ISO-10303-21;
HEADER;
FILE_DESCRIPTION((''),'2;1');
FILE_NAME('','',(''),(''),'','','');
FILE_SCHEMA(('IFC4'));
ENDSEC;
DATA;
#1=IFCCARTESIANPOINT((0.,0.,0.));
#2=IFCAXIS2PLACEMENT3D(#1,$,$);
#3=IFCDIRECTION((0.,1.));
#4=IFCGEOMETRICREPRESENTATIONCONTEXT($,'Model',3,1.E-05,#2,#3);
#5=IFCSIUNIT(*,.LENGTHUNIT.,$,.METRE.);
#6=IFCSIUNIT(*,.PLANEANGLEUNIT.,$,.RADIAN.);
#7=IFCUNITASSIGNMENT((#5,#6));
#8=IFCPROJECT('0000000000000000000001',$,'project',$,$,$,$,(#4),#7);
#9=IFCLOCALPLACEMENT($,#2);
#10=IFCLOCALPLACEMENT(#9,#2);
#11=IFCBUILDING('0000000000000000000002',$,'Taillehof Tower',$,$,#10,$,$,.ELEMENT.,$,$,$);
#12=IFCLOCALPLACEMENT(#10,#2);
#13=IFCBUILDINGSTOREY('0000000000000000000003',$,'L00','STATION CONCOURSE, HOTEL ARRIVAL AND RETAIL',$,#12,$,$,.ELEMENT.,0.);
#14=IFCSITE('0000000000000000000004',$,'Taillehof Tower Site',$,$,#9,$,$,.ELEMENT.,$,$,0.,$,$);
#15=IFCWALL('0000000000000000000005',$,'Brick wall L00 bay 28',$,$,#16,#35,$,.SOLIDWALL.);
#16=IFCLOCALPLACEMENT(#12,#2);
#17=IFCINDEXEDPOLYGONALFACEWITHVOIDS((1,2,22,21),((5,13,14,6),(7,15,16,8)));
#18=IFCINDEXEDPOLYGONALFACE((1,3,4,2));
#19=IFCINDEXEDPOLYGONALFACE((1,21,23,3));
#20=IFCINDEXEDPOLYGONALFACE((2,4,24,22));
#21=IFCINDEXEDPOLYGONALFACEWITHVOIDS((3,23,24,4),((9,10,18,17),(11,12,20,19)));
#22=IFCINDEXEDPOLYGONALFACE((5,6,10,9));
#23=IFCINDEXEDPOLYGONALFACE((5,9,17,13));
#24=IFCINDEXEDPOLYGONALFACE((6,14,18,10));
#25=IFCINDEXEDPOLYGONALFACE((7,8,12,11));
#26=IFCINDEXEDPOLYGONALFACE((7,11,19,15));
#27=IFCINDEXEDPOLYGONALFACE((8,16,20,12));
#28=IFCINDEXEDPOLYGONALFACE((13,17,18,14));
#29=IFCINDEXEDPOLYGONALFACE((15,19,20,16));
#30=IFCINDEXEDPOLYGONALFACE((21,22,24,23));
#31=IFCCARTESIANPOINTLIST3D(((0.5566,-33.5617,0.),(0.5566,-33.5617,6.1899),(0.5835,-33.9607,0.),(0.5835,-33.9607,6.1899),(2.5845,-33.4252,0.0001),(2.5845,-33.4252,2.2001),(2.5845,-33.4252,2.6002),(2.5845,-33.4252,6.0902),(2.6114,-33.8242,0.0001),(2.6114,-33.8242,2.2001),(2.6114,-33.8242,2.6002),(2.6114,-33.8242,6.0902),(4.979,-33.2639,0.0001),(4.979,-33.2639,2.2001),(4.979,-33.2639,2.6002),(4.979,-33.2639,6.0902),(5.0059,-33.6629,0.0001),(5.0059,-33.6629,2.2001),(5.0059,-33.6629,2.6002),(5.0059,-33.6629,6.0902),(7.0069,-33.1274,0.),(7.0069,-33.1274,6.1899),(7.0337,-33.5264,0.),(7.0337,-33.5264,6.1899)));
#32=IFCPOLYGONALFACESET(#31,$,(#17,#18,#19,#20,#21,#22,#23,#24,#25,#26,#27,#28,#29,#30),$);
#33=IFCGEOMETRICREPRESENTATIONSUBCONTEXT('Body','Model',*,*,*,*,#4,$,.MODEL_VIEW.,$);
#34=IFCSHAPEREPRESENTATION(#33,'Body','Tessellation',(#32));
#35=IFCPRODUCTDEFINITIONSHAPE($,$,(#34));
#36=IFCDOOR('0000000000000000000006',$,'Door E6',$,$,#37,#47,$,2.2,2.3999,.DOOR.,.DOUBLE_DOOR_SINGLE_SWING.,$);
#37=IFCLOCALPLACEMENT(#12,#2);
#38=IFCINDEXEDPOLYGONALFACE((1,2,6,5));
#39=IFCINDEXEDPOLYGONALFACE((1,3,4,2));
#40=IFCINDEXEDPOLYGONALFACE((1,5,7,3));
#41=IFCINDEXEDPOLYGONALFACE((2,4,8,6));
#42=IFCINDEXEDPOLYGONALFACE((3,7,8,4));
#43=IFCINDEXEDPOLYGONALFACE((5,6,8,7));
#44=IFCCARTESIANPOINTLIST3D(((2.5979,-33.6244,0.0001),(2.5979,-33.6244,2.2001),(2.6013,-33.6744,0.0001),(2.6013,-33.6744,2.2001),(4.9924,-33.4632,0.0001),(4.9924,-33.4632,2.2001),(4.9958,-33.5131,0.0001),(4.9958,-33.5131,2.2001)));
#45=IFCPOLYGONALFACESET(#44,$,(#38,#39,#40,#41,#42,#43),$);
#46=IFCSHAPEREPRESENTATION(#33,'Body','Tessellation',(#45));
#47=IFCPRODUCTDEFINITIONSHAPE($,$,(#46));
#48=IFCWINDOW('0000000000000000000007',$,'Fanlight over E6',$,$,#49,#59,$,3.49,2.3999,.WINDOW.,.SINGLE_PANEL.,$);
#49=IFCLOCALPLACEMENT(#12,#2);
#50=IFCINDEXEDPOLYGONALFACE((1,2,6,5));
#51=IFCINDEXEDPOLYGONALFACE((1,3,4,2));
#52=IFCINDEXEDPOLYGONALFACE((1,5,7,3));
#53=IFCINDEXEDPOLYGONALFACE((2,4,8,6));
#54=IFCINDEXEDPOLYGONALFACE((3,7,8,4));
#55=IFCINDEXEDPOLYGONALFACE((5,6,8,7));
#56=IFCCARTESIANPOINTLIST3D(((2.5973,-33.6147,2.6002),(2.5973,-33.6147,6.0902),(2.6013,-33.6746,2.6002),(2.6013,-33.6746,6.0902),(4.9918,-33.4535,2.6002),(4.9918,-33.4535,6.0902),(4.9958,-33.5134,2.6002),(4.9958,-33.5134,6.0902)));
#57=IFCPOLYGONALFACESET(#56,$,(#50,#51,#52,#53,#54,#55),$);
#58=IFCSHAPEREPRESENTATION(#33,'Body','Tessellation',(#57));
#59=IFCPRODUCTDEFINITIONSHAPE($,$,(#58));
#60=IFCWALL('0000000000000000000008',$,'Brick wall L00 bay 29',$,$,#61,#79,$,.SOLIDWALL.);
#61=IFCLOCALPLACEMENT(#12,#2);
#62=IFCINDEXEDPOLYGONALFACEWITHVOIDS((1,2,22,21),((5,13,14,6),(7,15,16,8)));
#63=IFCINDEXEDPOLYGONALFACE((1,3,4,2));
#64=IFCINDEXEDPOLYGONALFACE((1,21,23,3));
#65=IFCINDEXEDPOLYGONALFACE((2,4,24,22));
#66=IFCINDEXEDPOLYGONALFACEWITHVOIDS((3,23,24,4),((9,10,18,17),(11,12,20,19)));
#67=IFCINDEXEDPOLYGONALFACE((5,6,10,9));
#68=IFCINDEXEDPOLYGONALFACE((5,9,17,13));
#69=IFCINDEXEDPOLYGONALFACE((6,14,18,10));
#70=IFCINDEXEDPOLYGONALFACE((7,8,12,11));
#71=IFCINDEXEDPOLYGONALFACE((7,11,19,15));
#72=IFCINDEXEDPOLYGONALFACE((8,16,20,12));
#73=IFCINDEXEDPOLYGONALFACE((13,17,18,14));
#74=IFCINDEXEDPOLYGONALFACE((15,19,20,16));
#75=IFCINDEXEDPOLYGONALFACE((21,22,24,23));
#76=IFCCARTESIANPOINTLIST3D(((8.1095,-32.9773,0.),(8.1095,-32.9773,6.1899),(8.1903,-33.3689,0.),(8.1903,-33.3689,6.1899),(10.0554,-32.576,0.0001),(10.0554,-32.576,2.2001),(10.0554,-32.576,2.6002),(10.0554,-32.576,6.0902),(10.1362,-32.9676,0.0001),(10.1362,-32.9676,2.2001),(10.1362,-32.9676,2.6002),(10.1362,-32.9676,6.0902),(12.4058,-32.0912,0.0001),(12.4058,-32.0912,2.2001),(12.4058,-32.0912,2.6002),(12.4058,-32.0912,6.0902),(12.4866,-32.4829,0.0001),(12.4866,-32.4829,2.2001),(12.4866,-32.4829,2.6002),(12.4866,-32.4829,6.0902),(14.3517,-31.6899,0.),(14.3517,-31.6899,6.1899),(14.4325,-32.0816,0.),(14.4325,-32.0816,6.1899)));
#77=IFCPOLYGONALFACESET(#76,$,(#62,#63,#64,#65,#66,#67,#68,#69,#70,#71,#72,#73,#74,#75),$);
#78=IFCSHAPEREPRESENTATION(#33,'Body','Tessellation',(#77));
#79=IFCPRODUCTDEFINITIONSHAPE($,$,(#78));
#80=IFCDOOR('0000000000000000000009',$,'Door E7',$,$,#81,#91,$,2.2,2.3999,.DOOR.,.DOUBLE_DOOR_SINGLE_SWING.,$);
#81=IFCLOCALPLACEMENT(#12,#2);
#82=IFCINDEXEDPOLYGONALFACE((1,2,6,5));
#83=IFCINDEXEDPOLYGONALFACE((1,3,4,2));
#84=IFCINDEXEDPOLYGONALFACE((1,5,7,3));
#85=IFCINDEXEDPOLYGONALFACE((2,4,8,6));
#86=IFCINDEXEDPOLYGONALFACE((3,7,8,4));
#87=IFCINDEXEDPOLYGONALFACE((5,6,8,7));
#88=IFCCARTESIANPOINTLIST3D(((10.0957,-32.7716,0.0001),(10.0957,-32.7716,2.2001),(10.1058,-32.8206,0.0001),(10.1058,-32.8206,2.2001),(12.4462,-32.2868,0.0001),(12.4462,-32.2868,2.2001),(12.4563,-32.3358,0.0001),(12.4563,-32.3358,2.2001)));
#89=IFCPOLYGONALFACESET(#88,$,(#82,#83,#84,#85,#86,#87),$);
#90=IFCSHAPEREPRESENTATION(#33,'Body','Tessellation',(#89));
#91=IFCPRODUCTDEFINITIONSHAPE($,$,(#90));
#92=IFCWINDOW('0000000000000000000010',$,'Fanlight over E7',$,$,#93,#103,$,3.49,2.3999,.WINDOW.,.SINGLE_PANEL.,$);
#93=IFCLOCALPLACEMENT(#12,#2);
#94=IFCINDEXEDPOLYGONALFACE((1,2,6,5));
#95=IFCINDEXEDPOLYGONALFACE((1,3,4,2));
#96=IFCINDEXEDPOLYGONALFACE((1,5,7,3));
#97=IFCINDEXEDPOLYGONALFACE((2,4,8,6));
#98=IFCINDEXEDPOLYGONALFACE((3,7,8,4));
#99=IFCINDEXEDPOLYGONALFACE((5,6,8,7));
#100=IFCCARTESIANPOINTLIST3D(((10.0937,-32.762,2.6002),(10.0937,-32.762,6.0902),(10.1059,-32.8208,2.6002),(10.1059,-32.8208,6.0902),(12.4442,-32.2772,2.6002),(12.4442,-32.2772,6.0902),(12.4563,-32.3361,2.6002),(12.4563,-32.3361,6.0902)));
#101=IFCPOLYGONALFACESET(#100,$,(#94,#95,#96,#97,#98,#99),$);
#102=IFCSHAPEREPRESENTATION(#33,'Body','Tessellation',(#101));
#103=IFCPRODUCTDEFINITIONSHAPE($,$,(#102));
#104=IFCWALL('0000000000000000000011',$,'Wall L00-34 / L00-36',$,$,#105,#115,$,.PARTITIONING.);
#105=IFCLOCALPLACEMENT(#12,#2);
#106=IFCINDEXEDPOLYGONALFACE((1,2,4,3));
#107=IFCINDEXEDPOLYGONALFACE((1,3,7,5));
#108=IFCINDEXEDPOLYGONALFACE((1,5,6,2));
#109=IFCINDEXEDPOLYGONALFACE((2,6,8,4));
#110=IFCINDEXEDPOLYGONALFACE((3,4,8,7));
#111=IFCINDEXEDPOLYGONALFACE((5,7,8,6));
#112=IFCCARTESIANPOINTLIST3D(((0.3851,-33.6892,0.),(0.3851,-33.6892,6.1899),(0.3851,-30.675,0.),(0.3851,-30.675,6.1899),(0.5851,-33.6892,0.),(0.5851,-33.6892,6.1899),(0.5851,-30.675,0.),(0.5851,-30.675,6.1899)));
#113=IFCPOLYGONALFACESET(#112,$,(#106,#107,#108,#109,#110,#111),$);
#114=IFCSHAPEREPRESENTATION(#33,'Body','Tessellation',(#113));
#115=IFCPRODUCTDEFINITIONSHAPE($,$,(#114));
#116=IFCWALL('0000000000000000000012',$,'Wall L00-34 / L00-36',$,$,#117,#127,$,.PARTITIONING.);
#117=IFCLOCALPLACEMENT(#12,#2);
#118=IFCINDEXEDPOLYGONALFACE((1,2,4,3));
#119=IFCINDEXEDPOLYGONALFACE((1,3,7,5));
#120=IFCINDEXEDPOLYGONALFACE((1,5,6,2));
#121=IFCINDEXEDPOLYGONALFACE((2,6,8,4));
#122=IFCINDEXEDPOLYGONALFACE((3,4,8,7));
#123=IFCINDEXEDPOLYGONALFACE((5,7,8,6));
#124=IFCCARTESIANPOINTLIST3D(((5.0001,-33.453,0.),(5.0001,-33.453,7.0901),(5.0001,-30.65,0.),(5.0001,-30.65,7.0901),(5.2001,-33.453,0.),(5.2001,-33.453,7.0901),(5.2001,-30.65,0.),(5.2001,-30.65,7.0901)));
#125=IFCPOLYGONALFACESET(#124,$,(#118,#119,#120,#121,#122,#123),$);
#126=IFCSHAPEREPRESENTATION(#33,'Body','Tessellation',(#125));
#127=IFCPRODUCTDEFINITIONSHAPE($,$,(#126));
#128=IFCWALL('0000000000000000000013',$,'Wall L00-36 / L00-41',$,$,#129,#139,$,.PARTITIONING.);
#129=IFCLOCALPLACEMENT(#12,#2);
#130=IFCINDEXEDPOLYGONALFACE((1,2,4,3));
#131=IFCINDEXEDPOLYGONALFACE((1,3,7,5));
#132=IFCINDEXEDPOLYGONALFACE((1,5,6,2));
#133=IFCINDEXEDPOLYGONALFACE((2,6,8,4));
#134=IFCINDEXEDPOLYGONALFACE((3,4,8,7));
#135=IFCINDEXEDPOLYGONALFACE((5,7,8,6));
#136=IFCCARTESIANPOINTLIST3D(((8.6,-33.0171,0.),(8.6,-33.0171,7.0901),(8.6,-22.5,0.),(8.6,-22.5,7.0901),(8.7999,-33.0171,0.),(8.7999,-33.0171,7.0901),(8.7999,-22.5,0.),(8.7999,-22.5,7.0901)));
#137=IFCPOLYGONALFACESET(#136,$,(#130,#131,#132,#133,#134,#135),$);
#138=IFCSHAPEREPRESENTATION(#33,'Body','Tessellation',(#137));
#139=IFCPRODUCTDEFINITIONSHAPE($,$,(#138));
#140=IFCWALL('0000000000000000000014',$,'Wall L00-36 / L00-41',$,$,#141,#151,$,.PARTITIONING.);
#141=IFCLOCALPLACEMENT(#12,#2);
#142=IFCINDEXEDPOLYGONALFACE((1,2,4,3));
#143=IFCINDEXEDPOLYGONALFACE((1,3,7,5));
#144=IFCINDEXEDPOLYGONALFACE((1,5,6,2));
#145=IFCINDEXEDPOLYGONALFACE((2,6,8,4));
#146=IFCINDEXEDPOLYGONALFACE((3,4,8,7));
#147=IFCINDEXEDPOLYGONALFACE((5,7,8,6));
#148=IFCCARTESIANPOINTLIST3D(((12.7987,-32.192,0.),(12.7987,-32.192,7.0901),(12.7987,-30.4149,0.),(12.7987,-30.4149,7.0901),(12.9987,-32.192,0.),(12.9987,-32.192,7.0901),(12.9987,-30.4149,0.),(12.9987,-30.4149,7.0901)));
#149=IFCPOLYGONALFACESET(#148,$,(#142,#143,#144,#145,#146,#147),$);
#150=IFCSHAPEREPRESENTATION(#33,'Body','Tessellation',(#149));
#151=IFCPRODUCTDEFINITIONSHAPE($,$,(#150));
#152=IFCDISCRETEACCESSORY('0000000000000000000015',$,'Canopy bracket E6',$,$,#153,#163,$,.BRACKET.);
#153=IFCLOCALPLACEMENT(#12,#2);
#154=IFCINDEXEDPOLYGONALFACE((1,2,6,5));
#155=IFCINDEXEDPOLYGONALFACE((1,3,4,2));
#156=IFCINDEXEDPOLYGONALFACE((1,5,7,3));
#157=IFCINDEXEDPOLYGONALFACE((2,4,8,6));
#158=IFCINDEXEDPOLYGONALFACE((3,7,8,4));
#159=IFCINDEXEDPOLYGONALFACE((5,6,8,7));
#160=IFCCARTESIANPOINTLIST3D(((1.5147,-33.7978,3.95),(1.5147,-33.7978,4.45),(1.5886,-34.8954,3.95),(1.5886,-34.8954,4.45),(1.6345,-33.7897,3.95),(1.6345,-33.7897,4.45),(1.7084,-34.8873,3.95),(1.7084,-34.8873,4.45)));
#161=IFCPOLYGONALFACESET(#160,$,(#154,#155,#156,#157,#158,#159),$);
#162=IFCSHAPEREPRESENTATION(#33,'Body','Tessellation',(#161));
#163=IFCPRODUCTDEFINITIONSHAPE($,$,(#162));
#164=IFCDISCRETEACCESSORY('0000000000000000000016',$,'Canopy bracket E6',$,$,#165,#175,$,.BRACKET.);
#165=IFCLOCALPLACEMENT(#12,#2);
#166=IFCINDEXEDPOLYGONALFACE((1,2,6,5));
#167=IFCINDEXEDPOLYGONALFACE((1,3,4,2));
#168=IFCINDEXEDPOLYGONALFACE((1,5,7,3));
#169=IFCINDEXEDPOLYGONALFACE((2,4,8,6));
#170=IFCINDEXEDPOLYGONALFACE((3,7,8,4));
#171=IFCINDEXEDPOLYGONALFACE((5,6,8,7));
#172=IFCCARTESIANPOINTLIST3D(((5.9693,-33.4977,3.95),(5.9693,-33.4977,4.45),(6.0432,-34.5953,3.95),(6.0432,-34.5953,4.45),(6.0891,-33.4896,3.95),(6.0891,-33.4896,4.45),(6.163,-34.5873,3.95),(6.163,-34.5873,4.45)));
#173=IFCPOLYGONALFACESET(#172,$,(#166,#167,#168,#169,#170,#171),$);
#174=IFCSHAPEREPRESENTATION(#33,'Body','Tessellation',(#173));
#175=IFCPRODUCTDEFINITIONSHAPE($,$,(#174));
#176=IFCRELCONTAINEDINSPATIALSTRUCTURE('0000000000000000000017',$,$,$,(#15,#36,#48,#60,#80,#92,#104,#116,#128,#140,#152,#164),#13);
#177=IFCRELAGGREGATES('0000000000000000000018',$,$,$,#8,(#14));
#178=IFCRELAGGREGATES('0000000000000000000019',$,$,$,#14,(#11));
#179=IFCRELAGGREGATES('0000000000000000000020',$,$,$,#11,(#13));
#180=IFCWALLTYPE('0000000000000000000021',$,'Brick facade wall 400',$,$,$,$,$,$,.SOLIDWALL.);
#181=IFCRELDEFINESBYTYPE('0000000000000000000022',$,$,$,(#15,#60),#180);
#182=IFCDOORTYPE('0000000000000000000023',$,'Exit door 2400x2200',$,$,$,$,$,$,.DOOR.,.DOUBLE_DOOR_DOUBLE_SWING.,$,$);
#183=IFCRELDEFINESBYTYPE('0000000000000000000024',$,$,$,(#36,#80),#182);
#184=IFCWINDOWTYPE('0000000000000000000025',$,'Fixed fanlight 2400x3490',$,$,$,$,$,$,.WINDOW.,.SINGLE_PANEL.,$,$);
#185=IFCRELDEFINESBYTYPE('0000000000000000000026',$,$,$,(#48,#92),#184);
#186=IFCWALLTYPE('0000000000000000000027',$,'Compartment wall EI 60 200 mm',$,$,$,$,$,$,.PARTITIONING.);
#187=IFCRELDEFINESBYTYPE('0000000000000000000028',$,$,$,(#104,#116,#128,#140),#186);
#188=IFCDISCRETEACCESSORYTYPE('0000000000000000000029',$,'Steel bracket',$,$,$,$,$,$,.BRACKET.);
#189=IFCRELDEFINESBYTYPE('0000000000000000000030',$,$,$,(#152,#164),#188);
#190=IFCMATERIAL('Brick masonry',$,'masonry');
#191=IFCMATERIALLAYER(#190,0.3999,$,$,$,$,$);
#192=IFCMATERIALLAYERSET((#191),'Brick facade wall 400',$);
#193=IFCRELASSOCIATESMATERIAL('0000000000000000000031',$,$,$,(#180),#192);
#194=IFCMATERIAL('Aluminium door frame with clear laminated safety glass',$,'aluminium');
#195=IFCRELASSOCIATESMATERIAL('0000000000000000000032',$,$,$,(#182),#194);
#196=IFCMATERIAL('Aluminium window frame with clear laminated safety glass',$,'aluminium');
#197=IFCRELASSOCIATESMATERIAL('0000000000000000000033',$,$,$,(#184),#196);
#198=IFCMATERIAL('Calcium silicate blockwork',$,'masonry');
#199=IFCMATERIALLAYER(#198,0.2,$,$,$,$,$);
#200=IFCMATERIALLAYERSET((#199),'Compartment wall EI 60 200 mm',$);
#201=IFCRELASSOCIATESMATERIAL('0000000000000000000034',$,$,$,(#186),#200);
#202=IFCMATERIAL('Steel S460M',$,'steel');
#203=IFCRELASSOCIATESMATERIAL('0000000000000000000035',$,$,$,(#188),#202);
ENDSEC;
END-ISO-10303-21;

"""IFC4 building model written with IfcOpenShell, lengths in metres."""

from ifc_helpers import new_model, si_unit, direction, frame, frame_2d, origin, origin_2d, place, context, subcontext, project, spatial, rectangle, extrude, material, layer, layer_set, type_object, element, fill, save


model = new_model("IFC4")

# Units and contexts
model_context = context("Model", 3, precision=1e-05, world=origin(), true_north=direction((0.0, 1.0)))
body_context = subcontext(model_context, "Body", "Model", "MODEL_VIEW")
ifc_project = project(units=[si_unit("LENGTHUNIT", "METRE"), si_unit("PLANEANGLEUNIT", "RADIAN")], contexts=[model_context])

# Site, building, storey
site_placement = place(None, origin())
site = spatial("IfcSite", under=ifc_project, at=site_placement, Name="Taillehof Tower Site", CompositionType="ELEMENT", RefElevation=0.0)
building_placement = place(site_placement, origin())
building = spatial("IfcBuilding", under=site, at=building_placement, Name="Taillehof Tower", CompositionType="ELEMENT")
storey_placement = place(building_placement, origin())
storey = spatial("IfcBuildingStorey", under=building, at=storey_placement, Name="L00", Description="STATION CONCOURSE, HOTEL ARRIVAL AND RETAIL", CompositionType="ELEMENT", Elevation=0.0)

# Walls, openings, doors, windows
ifc_material_1 = material(Name="Brick masonry", Category="masonry")
ifc_layer_1 = layer(ifc_material_1, 0.3999)
ifc_layer_set_1 = layer_set([ifc_layer_1], Name="Brick facade wall 400")
wall_type_1 = type_object("IfcWallType", Name="Brick facade wall 400", PredefinedType="SOLIDWALL", material=ifc_layer_set_1)
wall_1_placement = place(storey_placement, frame((0.5701, -33.7612, 0.0), z_axis=(0.0, 0.0, 1.0), x_axis=(0.997741, 0.067183, 0.0)))
wall_1 = element("IfcWall", 1, at=wall_1_placement, inside=storey, type_object=wall_type_1, Name="Brick wall L00 bay 28", PredefinedType="SOLIDWALL", context=body_context, shape_type="SweptSolid", body=[
    extrude(rectangle(XDim=6.4648, YDim=0.3999, at=frame_2d((3.2324, 0.0))), origin(), (0.0, 0.0, 1.0), 6.1899),
])
opening_1_placement = place(wall_1_placement, frame((2.0325, 0.0, 0.0)))
opening_1 = element("IfcOpeningElement", 2, at=opening_1_placement, cuts=wall_1, PredefinedType="OPENING", context=body_context, shape_type="SweptSolid", body=[
    extrude(rectangle(XDim=2.3999, YDim=2.2, at=frame_2d((1.2, 1.1001))), frame((0.0, 0.21, 0.0), z_axis=(0.0, -1.0, 0.0), x_axis=(1.0, 0.0, 0.0)), (0.0, 0.0, 1.0), 0.4199),
])
opening_2_placement = place(wall_1_placement, frame((2.0325, 0.0, 2.6001)))
opening_2 = element("IfcOpeningElement", 3, at=opening_2_placement, cuts=wall_1, PredefinedType="OPENING", context=body_context, shape_type="SweptSolid", body=[
    extrude(rectangle(XDim=2.3999, YDim=3.49, at=frame_2d((1.2, 1.7451))), frame((0.0, 0.21, 0.0), z_axis=(0.0, -1.0, 0.0), x_axis=(1.0, 0.0, 0.0)), (0.0, 0.0, 1.0), 0.4199),
])
ifc_material_2 = material(Name="Aluminium door frame with clear laminated safety glass", Category="aluminium")
door_type = type_object("IfcDoorType", Name="Exit door 2400x2200", OperationType="DOUBLE_DOOR_DOUBLE_SWING", PredefinedType="DOOR", material=ifc_material_2)
door_1_placement = place(opening_1_placement, frame((2.3999, 0.0, 0.0), z_axis=(0.0, 0.0, 1.0), x_axis=(-1.0, 0.0, 0.0)))
door_1 = element("IfcDoor", 4, at=door_1_placement, inside=storey, type_object=door_type, Name="Door E6", OperationType="DOUBLE_DOOR_SINGLE_SWING", OverallHeight=2.2, OverallWidth=2.3999, PredefinedType="DOOR", context=body_context, shape_type="SweptSolid", body=[
    extrude(rectangle(XDim=2.3999, YDim=2.2, at=frame_2d((1.2, 1.1001))), frame((0.0, 0.0498, 0.0), z_axis=(0.0, -1.0, 0.0), x_axis=(1.0, 0.0, 0.0)), (0.0, 0.0, 1.0), 0.05),
])
fill(opening_1, door_1)
ifc_material_3 = material(Name="Aluminium window frame with clear laminated safety glass", Category="aluminium")
window_type = type_object("IfcWindowType", Name="Fixed fanlight 2400x3490", PartitioningType="SINGLE_PANEL", PredefinedType="WINDOW", material=ifc_material_3)
window_1_placement = place(opening_2_placement, origin())
window_1 = element("IfcWindow", 5, at=window_1_placement, inside=storey, type_object=window_type, Name="Fanlight over E6", OverallHeight=3.49, OverallWidth=2.3999, PartitioningType="SINGLE_PANEL", PredefinedType="WINDOW", context=body_context, shape_type="SweptSolid", body=[
    extrude(rectangle(XDim=2.3999, YDim=3.49, at=frame_2d((1.2, 1.7451))), frame((0.0, 0.01, 0.0), z_axis=(0.0, -1.0, 0.0), x_axis=(1.0, 0.0, 0.0)), (0.0, 0.0, 1.0), 0.0601),
])
fill(opening_2, window_1)
wall_2_placement = place(storey_placement, frame((8.1499, -33.1731, 0.0), z_axis=(0.0, 0.0, 1.0), x_axis=(0.979389, 0.201984, 0.0)))
wall_2 = element("IfcWall", 6, at=wall_2_placement, inside=storey, type_object=wall_type_1, Name="Brick wall L00 bay 29", PredefinedType="SOLIDWALL", context=body_context, shape_type="SweptSolid", body=[
    extrude(rectangle(XDim=6.3735, YDim=0.3999, at=frame_2d((3.1868, 0.0))), origin(), (0.0, 0.0, 1.0), 6.1899),
])
opening_3_placement = place(wall_2_placement, frame((1.9868, 0.0, 0.0)))
opening_3 = element("IfcOpeningElement", 7, at=opening_3_placement, cuts=wall_2, PredefinedType="OPENING", context=body_context, shape_type="SweptSolid", body=[
    extrude(rectangle(XDim=2.3999, YDim=2.2, at=frame_2d((1.2, 1.1001))), frame((0.0, 0.21, 0.0), z_axis=(0.0, -1.0, 0.0), x_axis=(1.0, 0.0, 0.0)), (0.0, 0.0, 1.0), 0.4199),
])
opening_4_placement = place(wall_2_placement, frame((1.9868, 0.0, 2.6001)))
opening_4 = element("IfcOpeningElement", 8, at=opening_4_placement, cuts=wall_2, PredefinedType="OPENING", context=body_context, shape_type="SweptSolid", body=[
    extrude(rectangle(XDim=2.3999, YDim=3.49, at=frame_2d((1.2, 1.7451))), frame((0.0, 0.21, 0.0), z_axis=(0.0, -1.0, 0.0), x_axis=(1.0, 0.0, 0.0)), (0.0, 0.0, 1.0), 0.4199),
])
door_2_placement = place(opening_3_placement, frame((2.3999, 0.0, 0.0), z_axis=(0.0, 0.0, 1.0), x_axis=(-1.0, 0.0, 0.0)))
door_2 = element("IfcDoor", 9, at=door_2_placement, inside=storey, type_object=door_type, Name="Door E7", OperationType="DOUBLE_DOOR_SINGLE_SWING", OverallHeight=2.2, OverallWidth=2.3999, PredefinedType="DOOR", context=body_context, shape_type="SweptSolid", body=[
    extrude(rectangle(XDim=2.3999, YDim=2.2, at=frame_2d((1.2, 1.1001))), frame((0.0, 0.0498, 0.0), z_axis=(0.0, -1.0, 0.0), x_axis=(1.0, 0.0, 0.0)), (0.0, 0.0, 1.0), 0.05),
])
fill(opening_3, door_2)
window_2_placement = place(opening_4_placement, origin())
window_2 = element("IfcWindow", 10, at=window_2_placement, inside=storey, type_object=window_type, Name="Fanlight over E7", OverallHeight=3.49, OverallWidth=2.3999, PartitioningType="SINGLE_PANEL", PredefinedType="WINDOW", context=body_context, shape_type="SweptSolid", body=[
    extrude(rectangle(XDim=2.3999, YDim=3.49, at=frame_2d((1.2, 1.7451))), frame((0.0, 0.01, 0.0), z_axis=(0.0, -1.0, 0.0), x_axis=(1.0, 0.0, 0.0)), (0.0, 0.0, 1.0), 0.0601),
])
fill(opening_4, window_2)

# Walls
ifc_material_4 = material(Name="Calcium silicate blockwork", Category="masonry")
ifc_layer_2 = layer(ifc_material_4, 0.2)
ifc_layer_set_2 = layer_set([ifc_layer_2], Name="Compartment wall EI 60 200 mm")
wall_type_2 = type_object("IfcWallType", Name="Compartment wall EI 60 200 mm", PredefinedType="PARTITIONING", material=ifc_layer_set_2)
wall_3_placement = place(storey_placement, frame((0.4851, -33.6892, 0.0), z_axis=(0.0, 0.0, 1.0), x_axis=(0.0, 1.0, 0.0)))
element("IfcWall", 11, at=wall_3_placement, inside=storey, type_object=wall_type_2, Name="Wall L00-34 / L00-36", PredefinedType="PARTITIONING", context=body_context, shape_type="SweptSolid", body=[
    extrude(rectangle(XDim=3.0142, YDim=0.2, at=frame_2d((1.5071, 0.0))), origin(), (0.0, 0.0, 1.0), 6.1899),
])
wall_4_placement = place(storey_placement, frame((5.1001, -33.4529, 0.0), z_axis=(0.0, 0.0, 1.0), x_axis=(0.0, 1.0, 0.0)))
element("IfcWall", 12, at=wall_4_placement, inside=storey, type_object=wall_type_2, Name="Wall L00-34 / L00-36", PredefinedType="PARTITIONING", context=body_context, shape_type="SweptSolid", body=[
    extrude(rectangle(XDim=2.803, YDim=0.2, at=frame_2d((1.4014, 0.0))), origin(), (0.0, 0.0, 1.0), 7.0901),
])
wall_5_placement = place(storey_placement, frame((8.7, -33.0171, 0.0), z_axis=(0.0, 0.0, 1.0), x_axis=(0.0, 1.0, 0.0)))
element("IfcWall", 13, at=wall_5_placement, inside=storey, type_object=wall_type_2, Name="Wall L00-36 / L00-41", PredefinedType="PARTITIONING", context=body_context, shape_type="SweptSolid", body=[
    extrude(rectangle(XDim=10.5171, YDim=0.2, at=frame_2d((5.2585, 0.0))), origin(), (0.0, 0.0, 1.0), 7.0901),
])
wall_6_placement = place(storey_placement, frame((12.8987, -32.1921, 0.0), z_axis=(0.0, 0.0, 1.0), x_axis=(0.0, 1.0, 0.0)))
element("IfcWall", 14, at=wall_6_placement, inside=storey, type_object=wall_type_2, Name="Wall L00-36 / L00-41", PredefinedType="PARTITIONING", context=body_context, shape_type="SweptSolid", body=[
    extrude(rectangle(XDim=1.7771, YDim=0.2, at=frame_2d((0.8887, 0.0))), origin(), (0.0, 0.0, 1.0), 7.0901),
])

# Discrete accessories
ifc_material_5 = material(Name="Steel S460M", Category="steel")
discrete_accessory_type_1 = type_object("IfcDiscreteAccessoryType", Name="Steel bracket", PredefinedType="BRACKET", material=ifc_material_5)
for number, where, z_axis, x_axis, name in (
    (15, (1.6116, -34.3425, 3.95), (0.0, 0.0, 1.0), (0.067183, -0.997741, 0.0), "Canopy bracket E6"),
    (16, (6.0662, -34.0425, 3.95), (0.0, 0.0, 1.0), (0.067183, -0.997741, 0.0), "Canopy bracket E6"),
):
    element("IfcDiscreteAccessory", number, at=place(storey_placement, frame(where, z_axis=z_axis, x_axis=x_axis)), inside=storey, type_object=discrete_accessory_type_1, Name=name, PredefinedType="BRACKET", context=body_context, shape_type="SweptSolid", body=[
        extrude(rectangle(XDim=1.1001, YDim=0.1201, at=origin_2d()), origin(), (0.0, 0.0, 1.0), 0.5),
    ])

save(model, "model.ifc")
